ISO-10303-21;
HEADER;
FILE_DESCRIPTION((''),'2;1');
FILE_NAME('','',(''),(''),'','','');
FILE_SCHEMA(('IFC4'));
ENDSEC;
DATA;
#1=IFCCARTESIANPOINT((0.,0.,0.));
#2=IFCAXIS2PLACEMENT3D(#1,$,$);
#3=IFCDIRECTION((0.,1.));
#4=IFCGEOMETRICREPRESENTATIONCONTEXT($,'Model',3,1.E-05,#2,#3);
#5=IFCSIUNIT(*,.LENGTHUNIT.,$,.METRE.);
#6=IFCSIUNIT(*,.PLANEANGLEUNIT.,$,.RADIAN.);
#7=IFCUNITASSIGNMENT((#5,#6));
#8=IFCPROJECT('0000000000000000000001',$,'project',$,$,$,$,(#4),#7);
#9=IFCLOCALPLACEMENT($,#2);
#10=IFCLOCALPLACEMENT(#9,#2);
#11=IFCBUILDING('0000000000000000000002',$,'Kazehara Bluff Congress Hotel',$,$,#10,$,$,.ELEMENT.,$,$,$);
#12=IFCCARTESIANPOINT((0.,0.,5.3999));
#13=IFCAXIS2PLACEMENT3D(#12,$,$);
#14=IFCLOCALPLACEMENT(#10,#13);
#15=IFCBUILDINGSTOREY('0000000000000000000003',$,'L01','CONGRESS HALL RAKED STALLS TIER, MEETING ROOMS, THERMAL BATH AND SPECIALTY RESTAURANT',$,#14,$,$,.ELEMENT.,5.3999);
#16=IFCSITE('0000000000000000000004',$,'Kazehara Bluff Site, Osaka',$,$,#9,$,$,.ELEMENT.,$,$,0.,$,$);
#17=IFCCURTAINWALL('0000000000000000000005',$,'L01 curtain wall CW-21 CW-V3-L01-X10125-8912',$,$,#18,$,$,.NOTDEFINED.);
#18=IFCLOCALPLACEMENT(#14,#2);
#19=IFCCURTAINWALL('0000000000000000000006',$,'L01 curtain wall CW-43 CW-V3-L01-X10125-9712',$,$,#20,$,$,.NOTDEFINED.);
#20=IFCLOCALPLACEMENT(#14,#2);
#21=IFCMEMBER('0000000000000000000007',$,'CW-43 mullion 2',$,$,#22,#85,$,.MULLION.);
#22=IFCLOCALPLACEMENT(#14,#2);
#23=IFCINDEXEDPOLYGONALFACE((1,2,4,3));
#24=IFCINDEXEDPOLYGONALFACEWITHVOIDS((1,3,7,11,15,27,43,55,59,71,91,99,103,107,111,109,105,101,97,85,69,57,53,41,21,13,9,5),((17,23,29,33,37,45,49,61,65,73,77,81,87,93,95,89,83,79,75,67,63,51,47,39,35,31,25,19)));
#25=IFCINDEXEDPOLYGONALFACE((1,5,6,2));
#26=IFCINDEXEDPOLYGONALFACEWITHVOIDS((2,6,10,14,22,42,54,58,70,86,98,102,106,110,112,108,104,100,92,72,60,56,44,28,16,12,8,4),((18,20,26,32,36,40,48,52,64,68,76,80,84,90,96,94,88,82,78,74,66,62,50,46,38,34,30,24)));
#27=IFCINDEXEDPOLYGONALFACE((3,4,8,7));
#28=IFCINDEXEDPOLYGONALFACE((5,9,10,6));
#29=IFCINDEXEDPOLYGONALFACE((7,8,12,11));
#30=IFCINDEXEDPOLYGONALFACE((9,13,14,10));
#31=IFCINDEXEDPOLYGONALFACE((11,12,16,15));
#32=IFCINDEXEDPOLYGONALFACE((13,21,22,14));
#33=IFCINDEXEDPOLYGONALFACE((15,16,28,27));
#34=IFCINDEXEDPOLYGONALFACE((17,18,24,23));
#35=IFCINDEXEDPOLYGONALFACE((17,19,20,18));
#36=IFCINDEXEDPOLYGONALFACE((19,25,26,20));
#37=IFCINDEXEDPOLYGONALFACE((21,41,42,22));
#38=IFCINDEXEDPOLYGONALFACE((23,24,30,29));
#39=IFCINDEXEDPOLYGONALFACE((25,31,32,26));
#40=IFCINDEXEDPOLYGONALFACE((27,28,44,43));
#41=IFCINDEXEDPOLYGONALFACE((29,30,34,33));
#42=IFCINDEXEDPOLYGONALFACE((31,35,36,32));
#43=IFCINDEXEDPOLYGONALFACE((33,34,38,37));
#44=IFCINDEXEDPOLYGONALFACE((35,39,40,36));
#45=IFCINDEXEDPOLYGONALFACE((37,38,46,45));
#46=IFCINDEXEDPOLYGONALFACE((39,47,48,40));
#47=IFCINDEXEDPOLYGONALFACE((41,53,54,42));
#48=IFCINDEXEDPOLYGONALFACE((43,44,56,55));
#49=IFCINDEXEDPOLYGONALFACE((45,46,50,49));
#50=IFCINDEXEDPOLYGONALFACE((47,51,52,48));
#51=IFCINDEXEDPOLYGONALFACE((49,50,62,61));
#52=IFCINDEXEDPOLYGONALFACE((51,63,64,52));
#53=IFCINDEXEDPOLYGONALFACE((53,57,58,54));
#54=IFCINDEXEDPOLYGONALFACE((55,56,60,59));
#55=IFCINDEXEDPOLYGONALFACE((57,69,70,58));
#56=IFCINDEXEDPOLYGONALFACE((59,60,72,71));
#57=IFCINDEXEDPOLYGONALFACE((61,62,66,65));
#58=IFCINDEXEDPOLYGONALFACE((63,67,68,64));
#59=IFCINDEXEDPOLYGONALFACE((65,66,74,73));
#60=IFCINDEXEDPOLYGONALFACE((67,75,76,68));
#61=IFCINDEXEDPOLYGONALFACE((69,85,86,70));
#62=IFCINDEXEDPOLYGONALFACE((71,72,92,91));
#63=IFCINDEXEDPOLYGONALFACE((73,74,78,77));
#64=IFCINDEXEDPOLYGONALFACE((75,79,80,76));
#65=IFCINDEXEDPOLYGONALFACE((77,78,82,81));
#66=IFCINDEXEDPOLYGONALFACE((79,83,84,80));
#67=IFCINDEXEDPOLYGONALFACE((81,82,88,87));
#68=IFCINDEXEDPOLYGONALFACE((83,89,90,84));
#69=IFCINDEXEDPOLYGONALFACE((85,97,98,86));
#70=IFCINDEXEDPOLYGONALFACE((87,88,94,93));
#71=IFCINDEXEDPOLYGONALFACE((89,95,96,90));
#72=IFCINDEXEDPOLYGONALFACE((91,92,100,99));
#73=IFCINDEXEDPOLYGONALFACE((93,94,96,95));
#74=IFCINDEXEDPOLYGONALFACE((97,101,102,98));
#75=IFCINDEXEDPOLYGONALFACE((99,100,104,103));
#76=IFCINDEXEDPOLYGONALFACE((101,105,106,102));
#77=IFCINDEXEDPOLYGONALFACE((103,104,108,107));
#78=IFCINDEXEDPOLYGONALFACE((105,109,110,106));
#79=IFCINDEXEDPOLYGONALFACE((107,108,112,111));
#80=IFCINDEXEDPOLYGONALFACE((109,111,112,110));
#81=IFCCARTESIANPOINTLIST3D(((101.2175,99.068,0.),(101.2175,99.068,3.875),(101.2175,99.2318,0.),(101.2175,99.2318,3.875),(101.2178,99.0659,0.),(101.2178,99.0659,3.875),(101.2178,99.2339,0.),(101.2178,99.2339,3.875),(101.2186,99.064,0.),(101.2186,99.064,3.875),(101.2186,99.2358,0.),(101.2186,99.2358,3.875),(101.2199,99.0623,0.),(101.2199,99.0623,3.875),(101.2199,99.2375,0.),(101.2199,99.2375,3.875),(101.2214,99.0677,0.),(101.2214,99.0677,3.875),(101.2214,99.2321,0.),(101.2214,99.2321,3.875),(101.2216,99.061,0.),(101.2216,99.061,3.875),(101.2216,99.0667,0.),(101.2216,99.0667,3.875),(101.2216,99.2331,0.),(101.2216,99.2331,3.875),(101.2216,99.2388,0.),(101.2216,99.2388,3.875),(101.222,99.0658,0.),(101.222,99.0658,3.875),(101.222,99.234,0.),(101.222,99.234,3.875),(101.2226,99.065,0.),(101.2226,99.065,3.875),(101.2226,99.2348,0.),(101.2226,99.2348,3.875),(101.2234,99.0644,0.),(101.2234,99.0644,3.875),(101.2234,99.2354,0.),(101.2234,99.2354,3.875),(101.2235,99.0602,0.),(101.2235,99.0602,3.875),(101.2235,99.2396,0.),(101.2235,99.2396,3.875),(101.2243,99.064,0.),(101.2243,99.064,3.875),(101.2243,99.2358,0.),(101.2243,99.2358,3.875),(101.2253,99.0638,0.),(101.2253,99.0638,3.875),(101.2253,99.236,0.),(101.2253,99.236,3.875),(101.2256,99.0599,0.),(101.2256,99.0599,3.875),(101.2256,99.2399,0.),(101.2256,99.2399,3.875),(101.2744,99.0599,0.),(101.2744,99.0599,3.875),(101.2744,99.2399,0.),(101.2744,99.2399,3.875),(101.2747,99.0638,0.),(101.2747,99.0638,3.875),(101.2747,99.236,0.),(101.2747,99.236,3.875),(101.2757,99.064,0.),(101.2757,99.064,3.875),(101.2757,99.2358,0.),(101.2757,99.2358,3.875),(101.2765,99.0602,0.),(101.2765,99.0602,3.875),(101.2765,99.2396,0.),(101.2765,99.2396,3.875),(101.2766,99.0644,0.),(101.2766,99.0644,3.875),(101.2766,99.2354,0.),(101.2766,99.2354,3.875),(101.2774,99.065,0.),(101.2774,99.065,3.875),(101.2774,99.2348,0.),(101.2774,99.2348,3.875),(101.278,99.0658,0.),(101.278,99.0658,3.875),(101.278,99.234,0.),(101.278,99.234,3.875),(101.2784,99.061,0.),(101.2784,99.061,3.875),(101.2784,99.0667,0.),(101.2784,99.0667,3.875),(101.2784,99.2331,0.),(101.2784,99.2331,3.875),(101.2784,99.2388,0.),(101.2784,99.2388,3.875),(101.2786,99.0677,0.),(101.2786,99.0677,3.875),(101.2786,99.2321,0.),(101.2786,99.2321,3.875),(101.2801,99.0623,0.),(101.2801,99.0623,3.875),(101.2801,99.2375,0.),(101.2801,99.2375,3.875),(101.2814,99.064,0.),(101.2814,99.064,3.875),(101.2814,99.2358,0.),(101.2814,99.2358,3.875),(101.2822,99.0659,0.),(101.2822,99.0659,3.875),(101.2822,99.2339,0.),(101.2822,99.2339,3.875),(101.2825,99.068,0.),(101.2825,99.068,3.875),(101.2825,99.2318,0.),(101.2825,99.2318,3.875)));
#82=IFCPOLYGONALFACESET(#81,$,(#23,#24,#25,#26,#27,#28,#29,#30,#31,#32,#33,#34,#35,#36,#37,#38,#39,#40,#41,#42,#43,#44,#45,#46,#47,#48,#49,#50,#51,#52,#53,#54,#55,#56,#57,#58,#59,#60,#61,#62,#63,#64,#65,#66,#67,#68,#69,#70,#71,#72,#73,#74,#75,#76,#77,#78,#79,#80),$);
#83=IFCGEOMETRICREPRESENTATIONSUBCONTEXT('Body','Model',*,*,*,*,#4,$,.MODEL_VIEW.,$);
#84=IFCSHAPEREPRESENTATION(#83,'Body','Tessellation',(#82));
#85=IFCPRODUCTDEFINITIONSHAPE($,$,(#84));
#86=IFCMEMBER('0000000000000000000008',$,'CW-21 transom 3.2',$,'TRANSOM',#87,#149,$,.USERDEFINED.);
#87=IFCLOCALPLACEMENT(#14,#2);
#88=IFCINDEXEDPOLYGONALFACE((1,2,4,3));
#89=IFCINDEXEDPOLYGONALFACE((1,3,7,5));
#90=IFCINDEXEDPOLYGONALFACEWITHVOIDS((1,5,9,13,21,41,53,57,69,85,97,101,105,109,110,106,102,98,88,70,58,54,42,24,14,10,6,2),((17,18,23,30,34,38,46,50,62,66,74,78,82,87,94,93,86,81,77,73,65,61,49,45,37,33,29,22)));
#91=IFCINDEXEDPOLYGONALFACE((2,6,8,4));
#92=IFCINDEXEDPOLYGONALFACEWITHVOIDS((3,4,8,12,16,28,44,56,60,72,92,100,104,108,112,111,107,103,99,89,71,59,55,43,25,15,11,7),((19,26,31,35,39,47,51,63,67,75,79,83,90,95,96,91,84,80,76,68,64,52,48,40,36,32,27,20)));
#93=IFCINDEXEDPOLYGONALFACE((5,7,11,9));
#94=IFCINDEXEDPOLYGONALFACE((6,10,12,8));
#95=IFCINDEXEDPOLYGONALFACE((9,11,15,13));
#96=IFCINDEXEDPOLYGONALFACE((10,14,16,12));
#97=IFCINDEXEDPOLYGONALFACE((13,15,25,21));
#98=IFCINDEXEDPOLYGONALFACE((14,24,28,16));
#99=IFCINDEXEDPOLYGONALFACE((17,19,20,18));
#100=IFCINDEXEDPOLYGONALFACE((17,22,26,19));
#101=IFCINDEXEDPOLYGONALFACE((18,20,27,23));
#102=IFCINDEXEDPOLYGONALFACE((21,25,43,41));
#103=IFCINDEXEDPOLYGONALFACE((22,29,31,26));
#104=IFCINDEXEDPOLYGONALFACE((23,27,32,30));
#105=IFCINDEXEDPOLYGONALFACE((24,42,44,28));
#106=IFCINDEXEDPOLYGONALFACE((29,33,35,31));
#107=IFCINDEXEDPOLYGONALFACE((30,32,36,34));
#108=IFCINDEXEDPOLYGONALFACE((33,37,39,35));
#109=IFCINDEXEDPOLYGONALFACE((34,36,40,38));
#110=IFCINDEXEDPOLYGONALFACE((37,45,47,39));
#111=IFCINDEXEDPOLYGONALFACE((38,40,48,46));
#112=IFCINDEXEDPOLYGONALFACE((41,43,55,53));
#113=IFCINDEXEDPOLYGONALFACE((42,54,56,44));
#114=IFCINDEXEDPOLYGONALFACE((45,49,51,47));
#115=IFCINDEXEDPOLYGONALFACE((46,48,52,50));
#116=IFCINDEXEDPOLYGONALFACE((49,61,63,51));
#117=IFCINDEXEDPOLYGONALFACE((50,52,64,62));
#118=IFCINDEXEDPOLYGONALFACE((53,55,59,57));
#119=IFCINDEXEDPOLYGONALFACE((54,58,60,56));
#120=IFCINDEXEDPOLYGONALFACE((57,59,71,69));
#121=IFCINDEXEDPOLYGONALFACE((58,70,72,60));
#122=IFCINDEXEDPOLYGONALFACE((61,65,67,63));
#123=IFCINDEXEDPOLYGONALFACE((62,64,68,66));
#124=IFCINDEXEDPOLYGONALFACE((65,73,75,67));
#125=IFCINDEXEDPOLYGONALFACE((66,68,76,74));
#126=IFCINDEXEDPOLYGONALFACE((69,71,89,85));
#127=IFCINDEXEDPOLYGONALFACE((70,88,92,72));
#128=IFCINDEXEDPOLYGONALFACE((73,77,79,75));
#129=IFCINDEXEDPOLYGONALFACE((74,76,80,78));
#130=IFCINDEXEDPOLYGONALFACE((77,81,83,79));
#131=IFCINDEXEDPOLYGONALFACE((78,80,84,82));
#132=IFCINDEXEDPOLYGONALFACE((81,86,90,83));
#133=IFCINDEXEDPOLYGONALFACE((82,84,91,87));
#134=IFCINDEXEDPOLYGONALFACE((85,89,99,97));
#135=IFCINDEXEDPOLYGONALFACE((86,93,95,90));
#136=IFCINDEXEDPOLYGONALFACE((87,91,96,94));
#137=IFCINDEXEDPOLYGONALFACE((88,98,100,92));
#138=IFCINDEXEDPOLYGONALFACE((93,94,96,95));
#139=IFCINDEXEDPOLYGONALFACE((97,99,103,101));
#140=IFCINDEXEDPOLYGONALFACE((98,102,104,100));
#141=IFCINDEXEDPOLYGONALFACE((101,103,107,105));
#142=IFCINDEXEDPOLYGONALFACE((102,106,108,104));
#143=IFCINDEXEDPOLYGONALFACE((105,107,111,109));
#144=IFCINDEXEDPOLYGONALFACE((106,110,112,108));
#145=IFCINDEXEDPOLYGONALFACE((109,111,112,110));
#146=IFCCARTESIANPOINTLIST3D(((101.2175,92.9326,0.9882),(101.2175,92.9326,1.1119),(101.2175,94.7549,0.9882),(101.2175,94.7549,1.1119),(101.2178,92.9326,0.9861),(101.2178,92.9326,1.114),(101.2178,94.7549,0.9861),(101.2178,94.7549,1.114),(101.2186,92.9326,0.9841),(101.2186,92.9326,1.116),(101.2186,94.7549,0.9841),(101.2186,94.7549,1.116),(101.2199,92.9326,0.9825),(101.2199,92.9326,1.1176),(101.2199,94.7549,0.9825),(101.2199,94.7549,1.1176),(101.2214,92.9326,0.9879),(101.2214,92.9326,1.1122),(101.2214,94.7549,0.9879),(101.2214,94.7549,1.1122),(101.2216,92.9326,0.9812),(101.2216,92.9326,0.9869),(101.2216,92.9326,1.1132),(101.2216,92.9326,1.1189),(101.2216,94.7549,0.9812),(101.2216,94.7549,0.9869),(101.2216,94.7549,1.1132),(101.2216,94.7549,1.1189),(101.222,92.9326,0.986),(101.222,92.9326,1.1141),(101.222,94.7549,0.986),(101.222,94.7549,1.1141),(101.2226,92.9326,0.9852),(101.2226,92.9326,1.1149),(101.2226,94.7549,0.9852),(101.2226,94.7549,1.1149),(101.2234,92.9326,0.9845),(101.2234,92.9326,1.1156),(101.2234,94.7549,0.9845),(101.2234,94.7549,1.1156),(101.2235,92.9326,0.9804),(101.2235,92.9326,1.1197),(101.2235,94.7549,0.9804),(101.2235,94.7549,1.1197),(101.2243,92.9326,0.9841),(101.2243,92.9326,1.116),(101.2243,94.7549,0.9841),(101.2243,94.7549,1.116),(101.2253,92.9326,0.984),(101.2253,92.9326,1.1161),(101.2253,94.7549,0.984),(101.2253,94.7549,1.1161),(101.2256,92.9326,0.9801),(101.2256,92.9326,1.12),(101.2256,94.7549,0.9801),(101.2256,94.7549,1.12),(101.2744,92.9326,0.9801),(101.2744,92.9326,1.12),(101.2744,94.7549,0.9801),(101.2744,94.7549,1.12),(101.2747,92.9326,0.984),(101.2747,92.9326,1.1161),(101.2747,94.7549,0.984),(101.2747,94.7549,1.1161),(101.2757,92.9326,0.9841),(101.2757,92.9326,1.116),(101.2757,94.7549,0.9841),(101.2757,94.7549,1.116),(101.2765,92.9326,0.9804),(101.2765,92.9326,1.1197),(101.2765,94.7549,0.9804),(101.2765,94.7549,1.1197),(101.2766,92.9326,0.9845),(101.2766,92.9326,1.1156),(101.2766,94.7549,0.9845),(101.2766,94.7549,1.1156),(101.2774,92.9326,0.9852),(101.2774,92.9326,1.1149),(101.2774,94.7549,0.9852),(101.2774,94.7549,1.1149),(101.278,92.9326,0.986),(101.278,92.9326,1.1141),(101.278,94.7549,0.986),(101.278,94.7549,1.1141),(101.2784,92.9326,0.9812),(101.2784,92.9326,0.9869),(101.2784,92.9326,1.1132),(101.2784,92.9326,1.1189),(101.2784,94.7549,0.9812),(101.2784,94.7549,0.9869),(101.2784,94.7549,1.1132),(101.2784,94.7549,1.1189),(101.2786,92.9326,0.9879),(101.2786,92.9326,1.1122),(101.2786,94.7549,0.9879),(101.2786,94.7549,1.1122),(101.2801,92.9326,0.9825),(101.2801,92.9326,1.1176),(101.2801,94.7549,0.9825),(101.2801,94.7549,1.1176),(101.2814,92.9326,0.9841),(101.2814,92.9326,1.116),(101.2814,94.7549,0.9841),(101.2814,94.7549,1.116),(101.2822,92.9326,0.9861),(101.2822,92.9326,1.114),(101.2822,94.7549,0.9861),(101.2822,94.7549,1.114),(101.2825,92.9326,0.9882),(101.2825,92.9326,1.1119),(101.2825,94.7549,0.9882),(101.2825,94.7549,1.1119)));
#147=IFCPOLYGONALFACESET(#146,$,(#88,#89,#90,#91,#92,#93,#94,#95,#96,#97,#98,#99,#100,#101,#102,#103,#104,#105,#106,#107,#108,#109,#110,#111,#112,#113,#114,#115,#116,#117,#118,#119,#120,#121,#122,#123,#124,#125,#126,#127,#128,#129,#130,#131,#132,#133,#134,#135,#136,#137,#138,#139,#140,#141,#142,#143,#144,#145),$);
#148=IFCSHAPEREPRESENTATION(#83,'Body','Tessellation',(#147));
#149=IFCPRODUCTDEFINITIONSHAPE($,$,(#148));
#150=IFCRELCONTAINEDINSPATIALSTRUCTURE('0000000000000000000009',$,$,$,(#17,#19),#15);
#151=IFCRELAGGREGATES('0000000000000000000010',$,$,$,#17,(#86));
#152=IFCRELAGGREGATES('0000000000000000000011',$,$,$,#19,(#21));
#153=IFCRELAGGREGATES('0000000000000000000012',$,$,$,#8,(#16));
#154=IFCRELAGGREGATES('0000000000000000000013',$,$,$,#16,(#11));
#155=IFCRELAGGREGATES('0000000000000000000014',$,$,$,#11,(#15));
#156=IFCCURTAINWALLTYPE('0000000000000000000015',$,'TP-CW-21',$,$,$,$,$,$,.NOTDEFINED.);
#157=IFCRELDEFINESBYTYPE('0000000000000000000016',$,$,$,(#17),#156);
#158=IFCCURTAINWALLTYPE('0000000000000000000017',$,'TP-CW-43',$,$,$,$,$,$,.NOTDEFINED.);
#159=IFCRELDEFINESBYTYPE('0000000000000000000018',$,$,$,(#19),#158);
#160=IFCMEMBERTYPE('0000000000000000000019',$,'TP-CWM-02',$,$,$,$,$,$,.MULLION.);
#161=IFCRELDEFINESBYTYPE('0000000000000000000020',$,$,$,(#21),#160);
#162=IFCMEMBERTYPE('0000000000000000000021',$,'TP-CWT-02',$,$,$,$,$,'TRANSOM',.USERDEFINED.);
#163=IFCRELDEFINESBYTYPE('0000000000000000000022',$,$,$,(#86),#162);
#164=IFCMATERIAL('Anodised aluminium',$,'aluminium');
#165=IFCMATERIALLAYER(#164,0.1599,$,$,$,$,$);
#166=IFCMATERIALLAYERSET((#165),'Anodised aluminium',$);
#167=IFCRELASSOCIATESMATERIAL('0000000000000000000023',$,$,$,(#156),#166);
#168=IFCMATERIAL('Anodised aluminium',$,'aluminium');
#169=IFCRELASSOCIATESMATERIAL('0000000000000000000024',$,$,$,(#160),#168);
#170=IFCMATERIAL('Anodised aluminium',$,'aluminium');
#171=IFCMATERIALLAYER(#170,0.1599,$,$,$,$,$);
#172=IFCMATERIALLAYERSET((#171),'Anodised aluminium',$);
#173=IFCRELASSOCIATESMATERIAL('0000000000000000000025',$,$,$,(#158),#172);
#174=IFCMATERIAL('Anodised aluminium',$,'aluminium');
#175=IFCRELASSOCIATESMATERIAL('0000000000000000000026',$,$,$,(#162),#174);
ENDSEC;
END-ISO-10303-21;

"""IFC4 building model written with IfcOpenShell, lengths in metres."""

from ifc_helpers import new_model, si_unit, direction, frame, origin, origin_2d, place, context, subcontext, project, spatial, hollow_rectangle, extrude, material, layer, layer_set, material_profile, profile_set, type_object, element, aggregate, save


model = new_model("IFC4")

# Units and contexts
model_context = context("Model", 3, precision=1e-05, world=origin(), true_north=direction((0.0, 1.0)))
body_context = subcontext(model_context, "Body", "Model", "MODEL_VIEW")
ifc_project = project(units=[si_unit("LENGTHUNIT", "METRE"), si_unit("PLANEANGLEUNIT", "RADIAN")], contexts=[model_context])

# Site, building, storey
site_placement = place(None, origin())
site = spatial("IfcSite", under=ifc_project, at=site_placement, Name="Kazehara Bluff Site, Osaka", CompositionType="ELEMENT", RefElevation=0.0)
building_placement = place(site_placement, origin())
building = spatial("IfcBuilding", under=site, at=building_placement, Name="Kazehara Bluff Congress Hotel", CompositionType="ELEMENT")
storey_placement = place(building_placement, frame((0.0, 0.0, 5.3999)))
storey = spatial("IfcBuildingStorey", under=building, at=storey_placement, Name="L01", Description="CONGRESS HALL RAKED STALLS TIER, MEETING ROOMS, THERMAL BATH AND SPECIALTY RESTAURANT", CompositionType="ELEMENT", Elevation=5.3999)

# Curtain walls, member
ifc_material_1 = material(Name="Anodised aluminium", Category="aluminium")
ifc_layer_1 = layer(ifc_material_1, 0.1599)
ifc_layer_set_1 = layer_set([ifc_layer_1], Name="Anodised aluminium")
curtain_wall_type_1 = type_object("IfcCurtainWallType", Name="TP-CW-21", PredefinedType="NOTDEFINED", material=ifc_layer_set_1)
curtain_wall_1_placement = place(storey_placement, origin())
curtain_wall_1 = element("IfcCurtainWall", 1, at=curtain_wall_1_placement, inside=storey, type_object=curtain_wall_type_1, Name="L01 curtain wall CW-21 CW-V3-L01-X10125-8912", PredefinedType="NOTDEFINED")
ifc_material_2 = material(Name="Anodised aluminium", Category="aluminium")
ifc_material_profile_1 = material_profile(ifc_material_2, hollow_rectangle(XDim=0.0649, YDim=0.1799, WallThickness=0.0039, InnerFilletRadius=0.0039, OuterFilletRadius=0.0081, at=origin_2d()))
ifc_profile_set_1 = profile_set([ifc_material_profile_1], Name="Anodised aluminium")
member_type_1 = type_object("IfcMemberType", Name="TP-CWM-02", PredefinedType="MULLION", material=ifc_profile_set_1)
ifc_material_3 = material(Name="Anodised aluminium", Category="aluminium")
ifc_layer_2 = layer(ifc_material_3, 0.1599)
ifc_layer_set_2 = layer_set([ifc_layer_2], Name="Anodised aluminium")
curtain_wall_type_2 = type_object("IfcCurtainWallType", Name="TP-CW-43", PredefinedType="NOTDEFINED", material=ifc_layer_set_2)
curtain_wall_2_placement = place(storey_placement, origin())
curtain_wall_2 = element("IfcCurtainWall", 2, at=curtain_wall_2_placement, inside=storey, type_object=curtain_wall_type_2, Name="L01 curtain wall CW-43 CW-V3-L01-X10125-9712", PredefinedType="NOTDEFINED")
member_1_placement = place(storey_placement, frame((101.25, 99.1499, 0.0), z_axis=(0.0, 0.0, 1.0), x_axis=(-1.0, 0.0, 0.0)))
member_1 = element("IfcMember", 3, at=member_1_placement, type_object=member_type_1, Name="CW-43 mullion 2", PredefinedType="MULLION", context=body_context, shape_type="SweptSolid", body=[
    extrude(hollow_rectangle(XDim=0.0649, YDim=0.1799, WallThickness=0.0039, InnerFilletRadius=0.0039, OuterFilletRadius=0.0081, at=origin_2d()), origin(), (0.0, 0.0, 1.0), 3.875),
])

# Member
ifc_material_4 = material(Name="Anodised aluminium", Category="aluminium")
ifc_material_profile_2 = material_profile(ifc_material_4, hollow_rectangle(XDim=0.0649, YDim=0.1399, WallThickness=0.0039, InnerFilletRadius=0.0039, OuterFilletRadius=0.0081, at=origin_2d()))
ifc_profile_set_2 = profile_set([ifc_material_profile_2], Name="Anodised aluminium")
member_type_2 = type_object("IfcMemberType", Name="TP-CWT-02", ElementType="TRANSOM", PredefinedType="USERDEFINED", material=ifc_profile_set_2)
member_2_placement = place(storey_placement, frame((101.25, 92.9326, 1.05), z_axis=(0.0, 1.0, 0.0), x_axis=(-1.0, 0.0, 0.0)))
member_2 = element("IfcMember", 4, at=member_2_placement, type_object=member_type_2, Name="CW-21 transom 3.2", ObjectType="TRANSOM", PredefinedType="USERDEFINED", context=body_context, shape_type="SweptSolid", body=[
    extrude(hollow_rectangle(XDim=0.0649, YDim=0.1399, WallThickness=0.0039, InnerFilletRadius=0.0039, OuterFilletRadius=0.0081, at=origin_2d()), origin(), (0.0, 0.0, 1.0), 1.8223),
])

aggregate(curtain_wall_1, [member_2])
aggregate(curtain_wall_2, [member_1])

save(model, "model.ifc")
